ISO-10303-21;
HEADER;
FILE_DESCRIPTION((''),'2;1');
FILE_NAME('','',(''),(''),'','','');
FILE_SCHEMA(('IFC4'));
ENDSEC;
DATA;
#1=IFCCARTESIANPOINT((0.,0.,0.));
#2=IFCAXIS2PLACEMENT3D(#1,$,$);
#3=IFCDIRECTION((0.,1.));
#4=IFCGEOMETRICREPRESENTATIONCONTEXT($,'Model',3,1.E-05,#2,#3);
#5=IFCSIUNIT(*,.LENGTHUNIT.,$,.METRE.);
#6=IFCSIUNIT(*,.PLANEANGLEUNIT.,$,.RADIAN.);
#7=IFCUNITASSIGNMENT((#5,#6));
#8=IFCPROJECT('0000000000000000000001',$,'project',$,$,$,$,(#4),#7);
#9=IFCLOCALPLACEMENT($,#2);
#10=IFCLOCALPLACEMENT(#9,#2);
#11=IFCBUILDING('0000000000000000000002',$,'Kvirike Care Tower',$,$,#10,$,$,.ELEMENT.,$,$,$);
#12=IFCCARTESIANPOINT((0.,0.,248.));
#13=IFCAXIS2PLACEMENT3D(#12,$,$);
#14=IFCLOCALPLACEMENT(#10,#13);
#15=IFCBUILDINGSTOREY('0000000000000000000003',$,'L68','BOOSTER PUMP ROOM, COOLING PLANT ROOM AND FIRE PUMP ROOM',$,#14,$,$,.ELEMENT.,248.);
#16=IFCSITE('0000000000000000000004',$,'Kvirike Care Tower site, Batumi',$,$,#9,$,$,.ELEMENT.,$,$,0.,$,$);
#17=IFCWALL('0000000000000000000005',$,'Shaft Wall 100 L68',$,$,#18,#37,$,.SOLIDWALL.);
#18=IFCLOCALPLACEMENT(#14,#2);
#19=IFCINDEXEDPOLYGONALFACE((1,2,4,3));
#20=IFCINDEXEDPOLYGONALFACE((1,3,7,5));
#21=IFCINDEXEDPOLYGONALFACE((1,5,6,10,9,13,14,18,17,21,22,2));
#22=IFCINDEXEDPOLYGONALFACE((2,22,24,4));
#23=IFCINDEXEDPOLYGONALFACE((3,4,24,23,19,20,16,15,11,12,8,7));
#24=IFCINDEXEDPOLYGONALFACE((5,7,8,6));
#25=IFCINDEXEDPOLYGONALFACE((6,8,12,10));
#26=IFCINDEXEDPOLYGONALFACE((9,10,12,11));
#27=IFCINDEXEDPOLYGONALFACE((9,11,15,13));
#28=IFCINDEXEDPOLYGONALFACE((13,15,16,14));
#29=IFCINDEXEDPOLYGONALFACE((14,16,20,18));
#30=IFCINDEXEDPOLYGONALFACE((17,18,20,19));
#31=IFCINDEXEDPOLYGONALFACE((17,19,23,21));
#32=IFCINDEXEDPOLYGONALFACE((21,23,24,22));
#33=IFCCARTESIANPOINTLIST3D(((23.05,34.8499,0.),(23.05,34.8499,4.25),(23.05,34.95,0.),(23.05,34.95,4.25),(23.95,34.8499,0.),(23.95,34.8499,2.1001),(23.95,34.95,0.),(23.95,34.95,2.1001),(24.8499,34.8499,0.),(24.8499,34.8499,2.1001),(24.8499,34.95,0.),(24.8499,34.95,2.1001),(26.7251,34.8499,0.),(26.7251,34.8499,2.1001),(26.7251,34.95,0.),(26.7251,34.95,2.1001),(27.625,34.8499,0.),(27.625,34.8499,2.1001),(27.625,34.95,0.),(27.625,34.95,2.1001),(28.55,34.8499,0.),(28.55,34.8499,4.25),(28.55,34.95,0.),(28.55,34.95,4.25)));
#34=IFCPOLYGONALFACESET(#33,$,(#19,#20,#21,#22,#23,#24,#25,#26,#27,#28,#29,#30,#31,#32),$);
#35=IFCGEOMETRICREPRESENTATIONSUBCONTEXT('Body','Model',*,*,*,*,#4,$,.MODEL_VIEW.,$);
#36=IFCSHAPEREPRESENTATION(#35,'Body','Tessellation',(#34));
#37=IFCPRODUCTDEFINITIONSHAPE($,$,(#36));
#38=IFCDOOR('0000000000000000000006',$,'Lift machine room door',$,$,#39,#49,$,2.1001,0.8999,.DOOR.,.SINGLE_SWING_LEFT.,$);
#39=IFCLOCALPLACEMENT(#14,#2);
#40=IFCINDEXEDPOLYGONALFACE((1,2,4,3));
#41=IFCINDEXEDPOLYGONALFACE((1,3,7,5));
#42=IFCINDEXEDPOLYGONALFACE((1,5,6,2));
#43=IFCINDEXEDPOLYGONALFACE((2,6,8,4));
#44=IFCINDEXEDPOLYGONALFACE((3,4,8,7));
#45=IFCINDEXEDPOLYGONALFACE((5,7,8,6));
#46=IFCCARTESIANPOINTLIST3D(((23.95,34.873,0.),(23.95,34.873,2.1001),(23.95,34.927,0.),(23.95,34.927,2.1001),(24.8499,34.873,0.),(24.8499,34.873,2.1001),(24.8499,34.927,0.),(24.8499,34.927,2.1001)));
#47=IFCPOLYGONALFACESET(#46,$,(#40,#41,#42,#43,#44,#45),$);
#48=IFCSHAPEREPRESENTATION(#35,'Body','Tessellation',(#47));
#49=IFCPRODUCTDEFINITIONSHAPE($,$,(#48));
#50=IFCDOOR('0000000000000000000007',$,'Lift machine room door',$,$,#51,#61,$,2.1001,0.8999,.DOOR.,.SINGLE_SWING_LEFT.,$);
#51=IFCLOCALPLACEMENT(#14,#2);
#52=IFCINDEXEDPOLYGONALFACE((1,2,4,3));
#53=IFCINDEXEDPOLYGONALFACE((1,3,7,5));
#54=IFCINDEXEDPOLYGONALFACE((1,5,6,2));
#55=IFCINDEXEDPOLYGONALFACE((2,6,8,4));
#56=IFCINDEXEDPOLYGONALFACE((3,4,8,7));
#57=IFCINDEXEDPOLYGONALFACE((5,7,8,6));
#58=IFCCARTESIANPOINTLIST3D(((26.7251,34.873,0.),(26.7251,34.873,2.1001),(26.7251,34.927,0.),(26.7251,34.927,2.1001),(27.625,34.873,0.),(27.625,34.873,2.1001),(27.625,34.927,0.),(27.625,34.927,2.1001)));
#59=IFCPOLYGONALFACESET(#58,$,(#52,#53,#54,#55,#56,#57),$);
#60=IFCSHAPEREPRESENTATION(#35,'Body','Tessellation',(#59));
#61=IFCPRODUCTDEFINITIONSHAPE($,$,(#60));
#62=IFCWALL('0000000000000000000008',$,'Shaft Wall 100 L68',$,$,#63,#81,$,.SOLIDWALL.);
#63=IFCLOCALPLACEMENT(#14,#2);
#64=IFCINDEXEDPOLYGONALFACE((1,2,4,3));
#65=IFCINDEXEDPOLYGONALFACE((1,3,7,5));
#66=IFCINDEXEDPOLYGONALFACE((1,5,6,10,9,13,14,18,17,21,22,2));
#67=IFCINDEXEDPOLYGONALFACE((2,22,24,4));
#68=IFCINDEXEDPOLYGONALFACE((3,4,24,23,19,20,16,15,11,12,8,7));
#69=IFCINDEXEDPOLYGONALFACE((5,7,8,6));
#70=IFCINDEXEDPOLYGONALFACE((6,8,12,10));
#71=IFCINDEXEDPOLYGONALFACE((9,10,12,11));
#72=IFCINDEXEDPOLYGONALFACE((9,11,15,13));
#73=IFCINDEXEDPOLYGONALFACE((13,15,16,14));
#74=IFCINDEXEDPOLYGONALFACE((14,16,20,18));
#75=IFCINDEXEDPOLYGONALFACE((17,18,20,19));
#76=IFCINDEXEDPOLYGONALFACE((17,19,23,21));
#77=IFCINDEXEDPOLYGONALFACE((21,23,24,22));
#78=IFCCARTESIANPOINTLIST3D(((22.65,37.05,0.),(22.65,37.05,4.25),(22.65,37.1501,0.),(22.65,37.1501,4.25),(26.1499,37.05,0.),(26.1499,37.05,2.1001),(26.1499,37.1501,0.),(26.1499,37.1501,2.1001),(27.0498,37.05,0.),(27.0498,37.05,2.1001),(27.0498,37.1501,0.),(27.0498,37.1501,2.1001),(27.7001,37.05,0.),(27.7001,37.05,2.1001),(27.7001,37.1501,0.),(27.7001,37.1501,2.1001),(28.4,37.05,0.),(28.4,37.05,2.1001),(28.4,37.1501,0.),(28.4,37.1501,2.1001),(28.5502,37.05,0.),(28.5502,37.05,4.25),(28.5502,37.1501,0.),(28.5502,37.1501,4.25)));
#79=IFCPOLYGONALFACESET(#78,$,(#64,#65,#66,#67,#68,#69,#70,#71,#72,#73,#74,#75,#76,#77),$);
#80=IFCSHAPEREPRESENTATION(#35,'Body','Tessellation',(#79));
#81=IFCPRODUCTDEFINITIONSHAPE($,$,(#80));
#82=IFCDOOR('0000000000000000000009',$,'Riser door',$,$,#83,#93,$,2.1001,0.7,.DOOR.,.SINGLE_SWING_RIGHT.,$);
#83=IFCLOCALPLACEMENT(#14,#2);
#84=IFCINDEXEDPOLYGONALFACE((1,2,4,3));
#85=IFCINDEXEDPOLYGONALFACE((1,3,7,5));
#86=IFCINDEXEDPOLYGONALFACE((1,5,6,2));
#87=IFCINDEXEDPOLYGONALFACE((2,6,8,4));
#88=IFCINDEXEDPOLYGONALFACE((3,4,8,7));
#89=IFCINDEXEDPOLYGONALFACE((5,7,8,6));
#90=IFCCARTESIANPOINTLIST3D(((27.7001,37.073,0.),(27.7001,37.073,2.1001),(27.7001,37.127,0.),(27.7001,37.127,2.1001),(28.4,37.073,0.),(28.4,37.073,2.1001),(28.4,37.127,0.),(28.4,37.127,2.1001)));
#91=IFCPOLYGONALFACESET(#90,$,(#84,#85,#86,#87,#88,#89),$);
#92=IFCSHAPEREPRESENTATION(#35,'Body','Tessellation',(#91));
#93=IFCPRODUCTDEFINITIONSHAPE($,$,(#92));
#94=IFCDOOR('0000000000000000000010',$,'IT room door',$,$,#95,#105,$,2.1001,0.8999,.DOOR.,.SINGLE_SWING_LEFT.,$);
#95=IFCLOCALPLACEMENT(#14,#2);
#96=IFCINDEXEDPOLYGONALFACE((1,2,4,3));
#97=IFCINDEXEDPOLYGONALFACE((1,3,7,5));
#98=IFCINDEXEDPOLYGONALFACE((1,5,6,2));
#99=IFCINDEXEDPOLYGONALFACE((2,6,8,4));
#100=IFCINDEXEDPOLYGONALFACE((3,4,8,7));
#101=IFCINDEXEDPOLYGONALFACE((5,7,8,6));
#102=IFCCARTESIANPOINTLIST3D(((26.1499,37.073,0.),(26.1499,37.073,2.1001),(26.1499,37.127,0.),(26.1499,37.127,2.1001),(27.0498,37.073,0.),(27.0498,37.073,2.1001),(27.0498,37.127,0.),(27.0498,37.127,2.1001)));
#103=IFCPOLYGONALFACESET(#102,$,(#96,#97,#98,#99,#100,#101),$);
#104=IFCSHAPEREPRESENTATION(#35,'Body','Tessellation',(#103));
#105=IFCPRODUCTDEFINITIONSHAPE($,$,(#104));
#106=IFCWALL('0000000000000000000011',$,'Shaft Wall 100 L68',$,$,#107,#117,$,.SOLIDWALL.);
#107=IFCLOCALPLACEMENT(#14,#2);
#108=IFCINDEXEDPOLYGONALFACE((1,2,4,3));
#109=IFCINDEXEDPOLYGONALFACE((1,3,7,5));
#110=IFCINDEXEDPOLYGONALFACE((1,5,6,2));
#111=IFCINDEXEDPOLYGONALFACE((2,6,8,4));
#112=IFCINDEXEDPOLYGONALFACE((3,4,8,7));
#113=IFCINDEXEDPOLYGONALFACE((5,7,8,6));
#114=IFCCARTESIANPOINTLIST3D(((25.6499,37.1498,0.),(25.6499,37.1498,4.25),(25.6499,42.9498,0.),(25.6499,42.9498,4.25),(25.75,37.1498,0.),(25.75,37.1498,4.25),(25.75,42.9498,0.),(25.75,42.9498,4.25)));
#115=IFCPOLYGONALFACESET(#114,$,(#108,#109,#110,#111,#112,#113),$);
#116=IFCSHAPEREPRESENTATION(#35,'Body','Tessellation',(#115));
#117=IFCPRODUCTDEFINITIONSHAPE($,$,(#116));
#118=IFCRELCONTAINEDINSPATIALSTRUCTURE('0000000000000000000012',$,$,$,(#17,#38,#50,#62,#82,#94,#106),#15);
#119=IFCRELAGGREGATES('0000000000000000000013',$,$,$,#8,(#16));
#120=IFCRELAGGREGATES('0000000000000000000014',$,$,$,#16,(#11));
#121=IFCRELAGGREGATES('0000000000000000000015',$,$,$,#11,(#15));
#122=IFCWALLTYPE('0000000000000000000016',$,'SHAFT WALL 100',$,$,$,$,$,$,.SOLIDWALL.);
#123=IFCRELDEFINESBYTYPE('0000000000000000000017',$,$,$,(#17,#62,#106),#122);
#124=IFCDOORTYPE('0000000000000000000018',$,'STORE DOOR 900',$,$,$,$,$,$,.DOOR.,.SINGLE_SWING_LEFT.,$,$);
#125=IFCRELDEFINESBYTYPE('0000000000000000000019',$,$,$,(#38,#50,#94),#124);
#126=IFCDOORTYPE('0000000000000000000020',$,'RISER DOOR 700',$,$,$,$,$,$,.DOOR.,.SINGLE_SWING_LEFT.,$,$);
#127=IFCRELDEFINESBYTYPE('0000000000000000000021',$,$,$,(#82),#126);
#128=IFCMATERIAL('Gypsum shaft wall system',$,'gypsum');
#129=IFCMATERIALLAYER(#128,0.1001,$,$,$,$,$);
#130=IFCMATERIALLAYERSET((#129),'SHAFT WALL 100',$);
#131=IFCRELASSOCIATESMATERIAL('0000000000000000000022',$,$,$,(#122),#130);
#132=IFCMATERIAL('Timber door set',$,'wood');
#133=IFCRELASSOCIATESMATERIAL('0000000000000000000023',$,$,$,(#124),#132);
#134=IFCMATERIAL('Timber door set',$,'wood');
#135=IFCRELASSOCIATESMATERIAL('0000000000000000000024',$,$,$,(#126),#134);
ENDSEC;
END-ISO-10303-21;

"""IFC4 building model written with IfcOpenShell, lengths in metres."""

from ifc_helpers import new_model, si_unit, direction, frame, frame_2d, origin, place, context, subcontext, project, spatial, rectangle, extrude, material, layer, layer_set, type_object, element, fill, save


model = new_model("IFC4")

# Units and contexts
model_context = context("Model", 3, precision=1e-05, world=origin(), true_north=direction((0.0, 1.0)))
body_context = subcontext(model_context, "Body", "Model", "MODEL_VIEW")
ifc_project = project(units=[si_unit("LENGTHUNIT", "METRE"), si_unit("PLANEANGLEUNIT", "RADIAN")], contexts=[model_context])

# Site, building, storey
site_placement = place(None, origin())
site = spatial("IfcSite", under=ifc_project, at=site_placement, Name="Kvirike Care Tower site, Batumi", CompositionType="ELEMENT", RefElevation=0.0)
building_placement = place(site_placement, origin())
building = spatial("IfcBuilding", under=site, at=building_placement, Name="Kvirike Care Tower", CompositionType="ELEMENT")
storey_placement = place(building_placement, frame((0.0, 0.0, 248.0)))
storey = spatial("IfcBuildingStorey", under=building, at=storey_placement, Name="L68", Description="BOOSTER PUMP ROOM, COOLING PLANT ROOM AND FIRE PUMP ROOM", CompositionType="ELEMENT", Elevation=248.0)

# Shared definitions
ifc_material_1 = material(Name="Gypsum shaft wall system", Category="gypsum")
ifc_layer_1 = layer(ifc_material_1, 0.1001)
ifc_layer_set_1 = layer_set([ifc_layer_1], Name="SHAFT WALL 100")
wall_type_1 = type_object("IfcWallType", Name="SHAFT WALL 100", PredefinedType="SOLIDWALL", material=ifc_layer_set_1)

# Shared definitions
ifc_material_2 = material(Name="Timber door set", Category="wood")
door_type_1 = type_object("IfcDoorType", Name="STORE DOOR 900", OperationType="SINGLE_SWING_LEFT", PredefinedType="DOOR", material=ifc_material_2)

# Walls, openings, doors
wall_1_placement = place(storey_placement, frame((23.05, 34.8999, 0.0), z_axis=(0.0, 0.0, 1.0), x_axis=(1.0, 0.0, 0.0)))
wall_1 = element("IfcWall", 1, at=wall_1_placement, inside=storey, type_object=wall_type_1, Name="Shaft Wall 100 L68", PredefinedType="SOLIDWALL", context=body_context, shape_type="SweptSolid", body=[
    extrude(rectangle(XDim=5.5, YDim=0.1001, at=frame_2d((2.75, 0.0))), origin(), (0.0, 0.0, 1.0), 4.25),
])
opening_1_placement = place(wall_1_placement, frame((0.8999, 0.0, 0.0)))
opening_1 = element("IfcOpeningElement", 2, at=opening_1_placement, cuts=wall_1, PredefinedType="OPENING", context=body_context, shape_type="SweptSolid", body=[
    extrude(rectangle(XDim=0.8999, YDim=2.1001, at=frame_2d((0.45, 1.05))), frame((0.0, 0.0605, 0.0), z_axis=(0.0, -1.0, 0.0), x_axis=(1.0, 0.0, 0.0)), (0.0, 0.0, 1.0), 0.1211),
])
opening_2_placement = place(wall_1_placement, frame((3.675, 0.0, 0.0)))
opening_2 = element("IfcOpeningElement", 3, at=opening_2_placement, cuts=wall_1, PredefinedType="OPENING", context=body_context, shape_type="SweptSolid", body=[
    extrude(rectangle(XDim=0.8999, YDim=2.1001, at=frame_2d((0.45, 1.05))), frame((0.0, 0.0605, 0.0), z_axis=(0.0, -1.0, 0.0), x_axis=(1.0, 0.0, 0.0)), (0.0, 0.0, 1.0), 0.1211),
])
door_1_placement = place(opening_1_placement, frame((0.8999, 0.0, 0.0), z_axis=(0.0, 0.0, 1.0), x_axis=(-1.0, 0.0, 0.0)))
door_1 = element("IfcDoor", 4, at=door_1_placement, inside=storey, type_object=door_type_1, Name="Lift machine room door", OperationType="SINGLE_SWING_LEFT", OverallHeight=2.1001, OverallWidth=0.8999, PredefinedType="DOOR", context=body_context, shape_type="SweptSolid", body=[
    extrude(rectangle(XDim=0.8999, YDim=2.1001, at=frame_2d((0.45, 1.05))), frame((0.0, 0.0269, 0.0), z_axis=(0.0, -1.0, 0.0), x_axis=(1.0, 0.0, 0.0)), (0.0, 0.0, 1.0), 0.054),
])
fill(opening_1, door_1)
door_2_placement = place(opening_2_placement, frame((0.8999, 0.0, 0.0), z_axis=(0.0, 0.0, 1.0), x_axis=(-1.0, 0.0, 0.0)))
door_2 = element("IfcDoor", 5, at=door_2_placement, inside=storey, type_object=door_type_1, Name="Lift machine room door", OperationType="SINGLE_SWING_LEFT", OverallHeight=2.1001, OverallWidth=0.8999, PredefinedType="DOOR", context=body_context, shape_type="SweptSolid", body=[
    extrude(rectangle(XDim=0.8999, YDim=2.1001, at=frame_2d((0.45, 1.05))), frame((0.0, 0.0269, 0.0), z_axis=(0.0, -1.0, 0.0), x_axis=(1.0, 0.0, 0.0)), (0.0, 0.0, 1.0), 0.054),
])
fill(opening_2, door_2)
wall_2_placement = place(storey_placement, frame((22.6499, 37.1001, 0.0), z_axis=(0.0, 0.0, 1.0), x_axis=(1.0, 0.0, 0.0)))
wall_2 = element("IfcWall", 6, at=wall_2_placement, inside=storey, type_object=wall_type_1, Name="Shaft Wall 100 L68", PredefinedType="SOLIDWALL", context=body_context, shape_type="SweptSolid", body=[
    extrude(rectangle(XDim=5.9001, YDim=0.1001, at=frame_2d((2.9502, 0.0))), origin(), (0.0, 0.0, 1.0), 4.25),
])
opening_3_placement = place(wall_2_placement, frame((3.5, 0.0, 0.0)))
opening_3 = element("IfcOpeningElement", 7, at=opening_3_placement, cuts=wall_2, PredefinedType="OPENING", context=body_context, shape_type="SweptSolid", body=[
    extrude(rectangle(XDim=0.8999, YDim=2.1001, at=frame_2d((0.45, 1.05))), frame((0.0, 0.0605, 0.0), z_axis=(0.0, -1.0, 0.0), x_axis=(1.0, 0.0, 0.0)), (0.0, 0.0, 1.0), 0.1211),
])
opening_4_placement = place(wall_2_placement, frame((5.05, 0.0, 0.0)))
opening_4 = element("IfcOpeningElement", 8, at=opening_4_placement, cuts=wall_2, PredefinedType="OPENING", context=body_context, shape_type="SweptSolid", body=[
    extrude(rectangle(XDim=0.7, YDim=2.1001, at=frame_2d((0.3501, 1.05))), frame((0.0, 0.0605, 0.0), z_axis=(0.0, -1.0, 0.0), x_axis=(1.0, 0.0, 0.0)), (0.0, 0.0, 1.0), 0.1211),
])
ifc_material_3 = material(Name="Timber door set", Category="wood")
door_type_2 = type_object("IfcDoorType", Name="RISER DOOR 700", OperationType="SINGLE_SWING_LEFT", PredefinedType="DOOR", material=ifc_material_3)
door_3_placement = place(opening_4_placement, origin())
door_3 = element("IfcDoor", 9, at=door_3_placement, inside=storey, type_object=door_type_2, Name="Riser door", OperationType="SINGLE_SWING_RIGHT", OverallHeight=2.1001, OverallWidth=0.7, PredefinedType="DOOR", context=body_context, shape_type="SweptSolid", body=[
    extrude(rectangle(XDim=0.7, YDim=2.1001, at=frame_2d((0.3501, 1.05))), frame((0.0, 0.0269, 0.0), z_axis=(0.0, -1.0, 0.0), x_axis=(1.0, 0.0, 0.0)), (0.0, 0.0, 1.0), 0.054),
])
fill(opening_4, door_3)
door_4_placement = place(opening_3_placement, origin())
door_4 = element("IfcDoor", 10, at=door_4_placement, inside=storey, type_object=door_type_1, Name="IT room door", OperationType="SINGLE_SWING_LEFT", OverallHeight=2.1001, OverallWidth=0.8999, PredefinedType="DOOR", context=body_context, shape_type="SweptSolid", body=[
    extrude(rectangle(XDim=0.8999, YDim=2.1001, at=frame_2d((0.45, 1.05))), frame((0.0, 0.0269, 0.0), z_axis=(0.0, -1.0, 0.0), x_axis=(1.0, 0.0, 0.0)), (0.0, 0.0, 1.0), 0.054),
])
fill(opening_3, door_4)

# Wall
wall_3_placement = place(storey_placement, frame((25.7, 37.1499, 0.0), z_axis=(0.0, 0.0, 1.0), x_axis=(0.0, 1.0, 0.0)))
element("IfcWall", 11, at=wall_3_placement, inside=storey, type_object=wall_type_1, Name="Shaft Wall 100 L68", PredefinedType="SOLIDWALL", context=body_context, shape_type="SweptSolid", body=[
    extrude(rectangle(XDim=5.8, YDim=0.1001, at=frame_2d((2.8999, 0.0))), origin(), (0.0, 0.0, 1.0), 4.25),
])

save(model, "model.ifc")
